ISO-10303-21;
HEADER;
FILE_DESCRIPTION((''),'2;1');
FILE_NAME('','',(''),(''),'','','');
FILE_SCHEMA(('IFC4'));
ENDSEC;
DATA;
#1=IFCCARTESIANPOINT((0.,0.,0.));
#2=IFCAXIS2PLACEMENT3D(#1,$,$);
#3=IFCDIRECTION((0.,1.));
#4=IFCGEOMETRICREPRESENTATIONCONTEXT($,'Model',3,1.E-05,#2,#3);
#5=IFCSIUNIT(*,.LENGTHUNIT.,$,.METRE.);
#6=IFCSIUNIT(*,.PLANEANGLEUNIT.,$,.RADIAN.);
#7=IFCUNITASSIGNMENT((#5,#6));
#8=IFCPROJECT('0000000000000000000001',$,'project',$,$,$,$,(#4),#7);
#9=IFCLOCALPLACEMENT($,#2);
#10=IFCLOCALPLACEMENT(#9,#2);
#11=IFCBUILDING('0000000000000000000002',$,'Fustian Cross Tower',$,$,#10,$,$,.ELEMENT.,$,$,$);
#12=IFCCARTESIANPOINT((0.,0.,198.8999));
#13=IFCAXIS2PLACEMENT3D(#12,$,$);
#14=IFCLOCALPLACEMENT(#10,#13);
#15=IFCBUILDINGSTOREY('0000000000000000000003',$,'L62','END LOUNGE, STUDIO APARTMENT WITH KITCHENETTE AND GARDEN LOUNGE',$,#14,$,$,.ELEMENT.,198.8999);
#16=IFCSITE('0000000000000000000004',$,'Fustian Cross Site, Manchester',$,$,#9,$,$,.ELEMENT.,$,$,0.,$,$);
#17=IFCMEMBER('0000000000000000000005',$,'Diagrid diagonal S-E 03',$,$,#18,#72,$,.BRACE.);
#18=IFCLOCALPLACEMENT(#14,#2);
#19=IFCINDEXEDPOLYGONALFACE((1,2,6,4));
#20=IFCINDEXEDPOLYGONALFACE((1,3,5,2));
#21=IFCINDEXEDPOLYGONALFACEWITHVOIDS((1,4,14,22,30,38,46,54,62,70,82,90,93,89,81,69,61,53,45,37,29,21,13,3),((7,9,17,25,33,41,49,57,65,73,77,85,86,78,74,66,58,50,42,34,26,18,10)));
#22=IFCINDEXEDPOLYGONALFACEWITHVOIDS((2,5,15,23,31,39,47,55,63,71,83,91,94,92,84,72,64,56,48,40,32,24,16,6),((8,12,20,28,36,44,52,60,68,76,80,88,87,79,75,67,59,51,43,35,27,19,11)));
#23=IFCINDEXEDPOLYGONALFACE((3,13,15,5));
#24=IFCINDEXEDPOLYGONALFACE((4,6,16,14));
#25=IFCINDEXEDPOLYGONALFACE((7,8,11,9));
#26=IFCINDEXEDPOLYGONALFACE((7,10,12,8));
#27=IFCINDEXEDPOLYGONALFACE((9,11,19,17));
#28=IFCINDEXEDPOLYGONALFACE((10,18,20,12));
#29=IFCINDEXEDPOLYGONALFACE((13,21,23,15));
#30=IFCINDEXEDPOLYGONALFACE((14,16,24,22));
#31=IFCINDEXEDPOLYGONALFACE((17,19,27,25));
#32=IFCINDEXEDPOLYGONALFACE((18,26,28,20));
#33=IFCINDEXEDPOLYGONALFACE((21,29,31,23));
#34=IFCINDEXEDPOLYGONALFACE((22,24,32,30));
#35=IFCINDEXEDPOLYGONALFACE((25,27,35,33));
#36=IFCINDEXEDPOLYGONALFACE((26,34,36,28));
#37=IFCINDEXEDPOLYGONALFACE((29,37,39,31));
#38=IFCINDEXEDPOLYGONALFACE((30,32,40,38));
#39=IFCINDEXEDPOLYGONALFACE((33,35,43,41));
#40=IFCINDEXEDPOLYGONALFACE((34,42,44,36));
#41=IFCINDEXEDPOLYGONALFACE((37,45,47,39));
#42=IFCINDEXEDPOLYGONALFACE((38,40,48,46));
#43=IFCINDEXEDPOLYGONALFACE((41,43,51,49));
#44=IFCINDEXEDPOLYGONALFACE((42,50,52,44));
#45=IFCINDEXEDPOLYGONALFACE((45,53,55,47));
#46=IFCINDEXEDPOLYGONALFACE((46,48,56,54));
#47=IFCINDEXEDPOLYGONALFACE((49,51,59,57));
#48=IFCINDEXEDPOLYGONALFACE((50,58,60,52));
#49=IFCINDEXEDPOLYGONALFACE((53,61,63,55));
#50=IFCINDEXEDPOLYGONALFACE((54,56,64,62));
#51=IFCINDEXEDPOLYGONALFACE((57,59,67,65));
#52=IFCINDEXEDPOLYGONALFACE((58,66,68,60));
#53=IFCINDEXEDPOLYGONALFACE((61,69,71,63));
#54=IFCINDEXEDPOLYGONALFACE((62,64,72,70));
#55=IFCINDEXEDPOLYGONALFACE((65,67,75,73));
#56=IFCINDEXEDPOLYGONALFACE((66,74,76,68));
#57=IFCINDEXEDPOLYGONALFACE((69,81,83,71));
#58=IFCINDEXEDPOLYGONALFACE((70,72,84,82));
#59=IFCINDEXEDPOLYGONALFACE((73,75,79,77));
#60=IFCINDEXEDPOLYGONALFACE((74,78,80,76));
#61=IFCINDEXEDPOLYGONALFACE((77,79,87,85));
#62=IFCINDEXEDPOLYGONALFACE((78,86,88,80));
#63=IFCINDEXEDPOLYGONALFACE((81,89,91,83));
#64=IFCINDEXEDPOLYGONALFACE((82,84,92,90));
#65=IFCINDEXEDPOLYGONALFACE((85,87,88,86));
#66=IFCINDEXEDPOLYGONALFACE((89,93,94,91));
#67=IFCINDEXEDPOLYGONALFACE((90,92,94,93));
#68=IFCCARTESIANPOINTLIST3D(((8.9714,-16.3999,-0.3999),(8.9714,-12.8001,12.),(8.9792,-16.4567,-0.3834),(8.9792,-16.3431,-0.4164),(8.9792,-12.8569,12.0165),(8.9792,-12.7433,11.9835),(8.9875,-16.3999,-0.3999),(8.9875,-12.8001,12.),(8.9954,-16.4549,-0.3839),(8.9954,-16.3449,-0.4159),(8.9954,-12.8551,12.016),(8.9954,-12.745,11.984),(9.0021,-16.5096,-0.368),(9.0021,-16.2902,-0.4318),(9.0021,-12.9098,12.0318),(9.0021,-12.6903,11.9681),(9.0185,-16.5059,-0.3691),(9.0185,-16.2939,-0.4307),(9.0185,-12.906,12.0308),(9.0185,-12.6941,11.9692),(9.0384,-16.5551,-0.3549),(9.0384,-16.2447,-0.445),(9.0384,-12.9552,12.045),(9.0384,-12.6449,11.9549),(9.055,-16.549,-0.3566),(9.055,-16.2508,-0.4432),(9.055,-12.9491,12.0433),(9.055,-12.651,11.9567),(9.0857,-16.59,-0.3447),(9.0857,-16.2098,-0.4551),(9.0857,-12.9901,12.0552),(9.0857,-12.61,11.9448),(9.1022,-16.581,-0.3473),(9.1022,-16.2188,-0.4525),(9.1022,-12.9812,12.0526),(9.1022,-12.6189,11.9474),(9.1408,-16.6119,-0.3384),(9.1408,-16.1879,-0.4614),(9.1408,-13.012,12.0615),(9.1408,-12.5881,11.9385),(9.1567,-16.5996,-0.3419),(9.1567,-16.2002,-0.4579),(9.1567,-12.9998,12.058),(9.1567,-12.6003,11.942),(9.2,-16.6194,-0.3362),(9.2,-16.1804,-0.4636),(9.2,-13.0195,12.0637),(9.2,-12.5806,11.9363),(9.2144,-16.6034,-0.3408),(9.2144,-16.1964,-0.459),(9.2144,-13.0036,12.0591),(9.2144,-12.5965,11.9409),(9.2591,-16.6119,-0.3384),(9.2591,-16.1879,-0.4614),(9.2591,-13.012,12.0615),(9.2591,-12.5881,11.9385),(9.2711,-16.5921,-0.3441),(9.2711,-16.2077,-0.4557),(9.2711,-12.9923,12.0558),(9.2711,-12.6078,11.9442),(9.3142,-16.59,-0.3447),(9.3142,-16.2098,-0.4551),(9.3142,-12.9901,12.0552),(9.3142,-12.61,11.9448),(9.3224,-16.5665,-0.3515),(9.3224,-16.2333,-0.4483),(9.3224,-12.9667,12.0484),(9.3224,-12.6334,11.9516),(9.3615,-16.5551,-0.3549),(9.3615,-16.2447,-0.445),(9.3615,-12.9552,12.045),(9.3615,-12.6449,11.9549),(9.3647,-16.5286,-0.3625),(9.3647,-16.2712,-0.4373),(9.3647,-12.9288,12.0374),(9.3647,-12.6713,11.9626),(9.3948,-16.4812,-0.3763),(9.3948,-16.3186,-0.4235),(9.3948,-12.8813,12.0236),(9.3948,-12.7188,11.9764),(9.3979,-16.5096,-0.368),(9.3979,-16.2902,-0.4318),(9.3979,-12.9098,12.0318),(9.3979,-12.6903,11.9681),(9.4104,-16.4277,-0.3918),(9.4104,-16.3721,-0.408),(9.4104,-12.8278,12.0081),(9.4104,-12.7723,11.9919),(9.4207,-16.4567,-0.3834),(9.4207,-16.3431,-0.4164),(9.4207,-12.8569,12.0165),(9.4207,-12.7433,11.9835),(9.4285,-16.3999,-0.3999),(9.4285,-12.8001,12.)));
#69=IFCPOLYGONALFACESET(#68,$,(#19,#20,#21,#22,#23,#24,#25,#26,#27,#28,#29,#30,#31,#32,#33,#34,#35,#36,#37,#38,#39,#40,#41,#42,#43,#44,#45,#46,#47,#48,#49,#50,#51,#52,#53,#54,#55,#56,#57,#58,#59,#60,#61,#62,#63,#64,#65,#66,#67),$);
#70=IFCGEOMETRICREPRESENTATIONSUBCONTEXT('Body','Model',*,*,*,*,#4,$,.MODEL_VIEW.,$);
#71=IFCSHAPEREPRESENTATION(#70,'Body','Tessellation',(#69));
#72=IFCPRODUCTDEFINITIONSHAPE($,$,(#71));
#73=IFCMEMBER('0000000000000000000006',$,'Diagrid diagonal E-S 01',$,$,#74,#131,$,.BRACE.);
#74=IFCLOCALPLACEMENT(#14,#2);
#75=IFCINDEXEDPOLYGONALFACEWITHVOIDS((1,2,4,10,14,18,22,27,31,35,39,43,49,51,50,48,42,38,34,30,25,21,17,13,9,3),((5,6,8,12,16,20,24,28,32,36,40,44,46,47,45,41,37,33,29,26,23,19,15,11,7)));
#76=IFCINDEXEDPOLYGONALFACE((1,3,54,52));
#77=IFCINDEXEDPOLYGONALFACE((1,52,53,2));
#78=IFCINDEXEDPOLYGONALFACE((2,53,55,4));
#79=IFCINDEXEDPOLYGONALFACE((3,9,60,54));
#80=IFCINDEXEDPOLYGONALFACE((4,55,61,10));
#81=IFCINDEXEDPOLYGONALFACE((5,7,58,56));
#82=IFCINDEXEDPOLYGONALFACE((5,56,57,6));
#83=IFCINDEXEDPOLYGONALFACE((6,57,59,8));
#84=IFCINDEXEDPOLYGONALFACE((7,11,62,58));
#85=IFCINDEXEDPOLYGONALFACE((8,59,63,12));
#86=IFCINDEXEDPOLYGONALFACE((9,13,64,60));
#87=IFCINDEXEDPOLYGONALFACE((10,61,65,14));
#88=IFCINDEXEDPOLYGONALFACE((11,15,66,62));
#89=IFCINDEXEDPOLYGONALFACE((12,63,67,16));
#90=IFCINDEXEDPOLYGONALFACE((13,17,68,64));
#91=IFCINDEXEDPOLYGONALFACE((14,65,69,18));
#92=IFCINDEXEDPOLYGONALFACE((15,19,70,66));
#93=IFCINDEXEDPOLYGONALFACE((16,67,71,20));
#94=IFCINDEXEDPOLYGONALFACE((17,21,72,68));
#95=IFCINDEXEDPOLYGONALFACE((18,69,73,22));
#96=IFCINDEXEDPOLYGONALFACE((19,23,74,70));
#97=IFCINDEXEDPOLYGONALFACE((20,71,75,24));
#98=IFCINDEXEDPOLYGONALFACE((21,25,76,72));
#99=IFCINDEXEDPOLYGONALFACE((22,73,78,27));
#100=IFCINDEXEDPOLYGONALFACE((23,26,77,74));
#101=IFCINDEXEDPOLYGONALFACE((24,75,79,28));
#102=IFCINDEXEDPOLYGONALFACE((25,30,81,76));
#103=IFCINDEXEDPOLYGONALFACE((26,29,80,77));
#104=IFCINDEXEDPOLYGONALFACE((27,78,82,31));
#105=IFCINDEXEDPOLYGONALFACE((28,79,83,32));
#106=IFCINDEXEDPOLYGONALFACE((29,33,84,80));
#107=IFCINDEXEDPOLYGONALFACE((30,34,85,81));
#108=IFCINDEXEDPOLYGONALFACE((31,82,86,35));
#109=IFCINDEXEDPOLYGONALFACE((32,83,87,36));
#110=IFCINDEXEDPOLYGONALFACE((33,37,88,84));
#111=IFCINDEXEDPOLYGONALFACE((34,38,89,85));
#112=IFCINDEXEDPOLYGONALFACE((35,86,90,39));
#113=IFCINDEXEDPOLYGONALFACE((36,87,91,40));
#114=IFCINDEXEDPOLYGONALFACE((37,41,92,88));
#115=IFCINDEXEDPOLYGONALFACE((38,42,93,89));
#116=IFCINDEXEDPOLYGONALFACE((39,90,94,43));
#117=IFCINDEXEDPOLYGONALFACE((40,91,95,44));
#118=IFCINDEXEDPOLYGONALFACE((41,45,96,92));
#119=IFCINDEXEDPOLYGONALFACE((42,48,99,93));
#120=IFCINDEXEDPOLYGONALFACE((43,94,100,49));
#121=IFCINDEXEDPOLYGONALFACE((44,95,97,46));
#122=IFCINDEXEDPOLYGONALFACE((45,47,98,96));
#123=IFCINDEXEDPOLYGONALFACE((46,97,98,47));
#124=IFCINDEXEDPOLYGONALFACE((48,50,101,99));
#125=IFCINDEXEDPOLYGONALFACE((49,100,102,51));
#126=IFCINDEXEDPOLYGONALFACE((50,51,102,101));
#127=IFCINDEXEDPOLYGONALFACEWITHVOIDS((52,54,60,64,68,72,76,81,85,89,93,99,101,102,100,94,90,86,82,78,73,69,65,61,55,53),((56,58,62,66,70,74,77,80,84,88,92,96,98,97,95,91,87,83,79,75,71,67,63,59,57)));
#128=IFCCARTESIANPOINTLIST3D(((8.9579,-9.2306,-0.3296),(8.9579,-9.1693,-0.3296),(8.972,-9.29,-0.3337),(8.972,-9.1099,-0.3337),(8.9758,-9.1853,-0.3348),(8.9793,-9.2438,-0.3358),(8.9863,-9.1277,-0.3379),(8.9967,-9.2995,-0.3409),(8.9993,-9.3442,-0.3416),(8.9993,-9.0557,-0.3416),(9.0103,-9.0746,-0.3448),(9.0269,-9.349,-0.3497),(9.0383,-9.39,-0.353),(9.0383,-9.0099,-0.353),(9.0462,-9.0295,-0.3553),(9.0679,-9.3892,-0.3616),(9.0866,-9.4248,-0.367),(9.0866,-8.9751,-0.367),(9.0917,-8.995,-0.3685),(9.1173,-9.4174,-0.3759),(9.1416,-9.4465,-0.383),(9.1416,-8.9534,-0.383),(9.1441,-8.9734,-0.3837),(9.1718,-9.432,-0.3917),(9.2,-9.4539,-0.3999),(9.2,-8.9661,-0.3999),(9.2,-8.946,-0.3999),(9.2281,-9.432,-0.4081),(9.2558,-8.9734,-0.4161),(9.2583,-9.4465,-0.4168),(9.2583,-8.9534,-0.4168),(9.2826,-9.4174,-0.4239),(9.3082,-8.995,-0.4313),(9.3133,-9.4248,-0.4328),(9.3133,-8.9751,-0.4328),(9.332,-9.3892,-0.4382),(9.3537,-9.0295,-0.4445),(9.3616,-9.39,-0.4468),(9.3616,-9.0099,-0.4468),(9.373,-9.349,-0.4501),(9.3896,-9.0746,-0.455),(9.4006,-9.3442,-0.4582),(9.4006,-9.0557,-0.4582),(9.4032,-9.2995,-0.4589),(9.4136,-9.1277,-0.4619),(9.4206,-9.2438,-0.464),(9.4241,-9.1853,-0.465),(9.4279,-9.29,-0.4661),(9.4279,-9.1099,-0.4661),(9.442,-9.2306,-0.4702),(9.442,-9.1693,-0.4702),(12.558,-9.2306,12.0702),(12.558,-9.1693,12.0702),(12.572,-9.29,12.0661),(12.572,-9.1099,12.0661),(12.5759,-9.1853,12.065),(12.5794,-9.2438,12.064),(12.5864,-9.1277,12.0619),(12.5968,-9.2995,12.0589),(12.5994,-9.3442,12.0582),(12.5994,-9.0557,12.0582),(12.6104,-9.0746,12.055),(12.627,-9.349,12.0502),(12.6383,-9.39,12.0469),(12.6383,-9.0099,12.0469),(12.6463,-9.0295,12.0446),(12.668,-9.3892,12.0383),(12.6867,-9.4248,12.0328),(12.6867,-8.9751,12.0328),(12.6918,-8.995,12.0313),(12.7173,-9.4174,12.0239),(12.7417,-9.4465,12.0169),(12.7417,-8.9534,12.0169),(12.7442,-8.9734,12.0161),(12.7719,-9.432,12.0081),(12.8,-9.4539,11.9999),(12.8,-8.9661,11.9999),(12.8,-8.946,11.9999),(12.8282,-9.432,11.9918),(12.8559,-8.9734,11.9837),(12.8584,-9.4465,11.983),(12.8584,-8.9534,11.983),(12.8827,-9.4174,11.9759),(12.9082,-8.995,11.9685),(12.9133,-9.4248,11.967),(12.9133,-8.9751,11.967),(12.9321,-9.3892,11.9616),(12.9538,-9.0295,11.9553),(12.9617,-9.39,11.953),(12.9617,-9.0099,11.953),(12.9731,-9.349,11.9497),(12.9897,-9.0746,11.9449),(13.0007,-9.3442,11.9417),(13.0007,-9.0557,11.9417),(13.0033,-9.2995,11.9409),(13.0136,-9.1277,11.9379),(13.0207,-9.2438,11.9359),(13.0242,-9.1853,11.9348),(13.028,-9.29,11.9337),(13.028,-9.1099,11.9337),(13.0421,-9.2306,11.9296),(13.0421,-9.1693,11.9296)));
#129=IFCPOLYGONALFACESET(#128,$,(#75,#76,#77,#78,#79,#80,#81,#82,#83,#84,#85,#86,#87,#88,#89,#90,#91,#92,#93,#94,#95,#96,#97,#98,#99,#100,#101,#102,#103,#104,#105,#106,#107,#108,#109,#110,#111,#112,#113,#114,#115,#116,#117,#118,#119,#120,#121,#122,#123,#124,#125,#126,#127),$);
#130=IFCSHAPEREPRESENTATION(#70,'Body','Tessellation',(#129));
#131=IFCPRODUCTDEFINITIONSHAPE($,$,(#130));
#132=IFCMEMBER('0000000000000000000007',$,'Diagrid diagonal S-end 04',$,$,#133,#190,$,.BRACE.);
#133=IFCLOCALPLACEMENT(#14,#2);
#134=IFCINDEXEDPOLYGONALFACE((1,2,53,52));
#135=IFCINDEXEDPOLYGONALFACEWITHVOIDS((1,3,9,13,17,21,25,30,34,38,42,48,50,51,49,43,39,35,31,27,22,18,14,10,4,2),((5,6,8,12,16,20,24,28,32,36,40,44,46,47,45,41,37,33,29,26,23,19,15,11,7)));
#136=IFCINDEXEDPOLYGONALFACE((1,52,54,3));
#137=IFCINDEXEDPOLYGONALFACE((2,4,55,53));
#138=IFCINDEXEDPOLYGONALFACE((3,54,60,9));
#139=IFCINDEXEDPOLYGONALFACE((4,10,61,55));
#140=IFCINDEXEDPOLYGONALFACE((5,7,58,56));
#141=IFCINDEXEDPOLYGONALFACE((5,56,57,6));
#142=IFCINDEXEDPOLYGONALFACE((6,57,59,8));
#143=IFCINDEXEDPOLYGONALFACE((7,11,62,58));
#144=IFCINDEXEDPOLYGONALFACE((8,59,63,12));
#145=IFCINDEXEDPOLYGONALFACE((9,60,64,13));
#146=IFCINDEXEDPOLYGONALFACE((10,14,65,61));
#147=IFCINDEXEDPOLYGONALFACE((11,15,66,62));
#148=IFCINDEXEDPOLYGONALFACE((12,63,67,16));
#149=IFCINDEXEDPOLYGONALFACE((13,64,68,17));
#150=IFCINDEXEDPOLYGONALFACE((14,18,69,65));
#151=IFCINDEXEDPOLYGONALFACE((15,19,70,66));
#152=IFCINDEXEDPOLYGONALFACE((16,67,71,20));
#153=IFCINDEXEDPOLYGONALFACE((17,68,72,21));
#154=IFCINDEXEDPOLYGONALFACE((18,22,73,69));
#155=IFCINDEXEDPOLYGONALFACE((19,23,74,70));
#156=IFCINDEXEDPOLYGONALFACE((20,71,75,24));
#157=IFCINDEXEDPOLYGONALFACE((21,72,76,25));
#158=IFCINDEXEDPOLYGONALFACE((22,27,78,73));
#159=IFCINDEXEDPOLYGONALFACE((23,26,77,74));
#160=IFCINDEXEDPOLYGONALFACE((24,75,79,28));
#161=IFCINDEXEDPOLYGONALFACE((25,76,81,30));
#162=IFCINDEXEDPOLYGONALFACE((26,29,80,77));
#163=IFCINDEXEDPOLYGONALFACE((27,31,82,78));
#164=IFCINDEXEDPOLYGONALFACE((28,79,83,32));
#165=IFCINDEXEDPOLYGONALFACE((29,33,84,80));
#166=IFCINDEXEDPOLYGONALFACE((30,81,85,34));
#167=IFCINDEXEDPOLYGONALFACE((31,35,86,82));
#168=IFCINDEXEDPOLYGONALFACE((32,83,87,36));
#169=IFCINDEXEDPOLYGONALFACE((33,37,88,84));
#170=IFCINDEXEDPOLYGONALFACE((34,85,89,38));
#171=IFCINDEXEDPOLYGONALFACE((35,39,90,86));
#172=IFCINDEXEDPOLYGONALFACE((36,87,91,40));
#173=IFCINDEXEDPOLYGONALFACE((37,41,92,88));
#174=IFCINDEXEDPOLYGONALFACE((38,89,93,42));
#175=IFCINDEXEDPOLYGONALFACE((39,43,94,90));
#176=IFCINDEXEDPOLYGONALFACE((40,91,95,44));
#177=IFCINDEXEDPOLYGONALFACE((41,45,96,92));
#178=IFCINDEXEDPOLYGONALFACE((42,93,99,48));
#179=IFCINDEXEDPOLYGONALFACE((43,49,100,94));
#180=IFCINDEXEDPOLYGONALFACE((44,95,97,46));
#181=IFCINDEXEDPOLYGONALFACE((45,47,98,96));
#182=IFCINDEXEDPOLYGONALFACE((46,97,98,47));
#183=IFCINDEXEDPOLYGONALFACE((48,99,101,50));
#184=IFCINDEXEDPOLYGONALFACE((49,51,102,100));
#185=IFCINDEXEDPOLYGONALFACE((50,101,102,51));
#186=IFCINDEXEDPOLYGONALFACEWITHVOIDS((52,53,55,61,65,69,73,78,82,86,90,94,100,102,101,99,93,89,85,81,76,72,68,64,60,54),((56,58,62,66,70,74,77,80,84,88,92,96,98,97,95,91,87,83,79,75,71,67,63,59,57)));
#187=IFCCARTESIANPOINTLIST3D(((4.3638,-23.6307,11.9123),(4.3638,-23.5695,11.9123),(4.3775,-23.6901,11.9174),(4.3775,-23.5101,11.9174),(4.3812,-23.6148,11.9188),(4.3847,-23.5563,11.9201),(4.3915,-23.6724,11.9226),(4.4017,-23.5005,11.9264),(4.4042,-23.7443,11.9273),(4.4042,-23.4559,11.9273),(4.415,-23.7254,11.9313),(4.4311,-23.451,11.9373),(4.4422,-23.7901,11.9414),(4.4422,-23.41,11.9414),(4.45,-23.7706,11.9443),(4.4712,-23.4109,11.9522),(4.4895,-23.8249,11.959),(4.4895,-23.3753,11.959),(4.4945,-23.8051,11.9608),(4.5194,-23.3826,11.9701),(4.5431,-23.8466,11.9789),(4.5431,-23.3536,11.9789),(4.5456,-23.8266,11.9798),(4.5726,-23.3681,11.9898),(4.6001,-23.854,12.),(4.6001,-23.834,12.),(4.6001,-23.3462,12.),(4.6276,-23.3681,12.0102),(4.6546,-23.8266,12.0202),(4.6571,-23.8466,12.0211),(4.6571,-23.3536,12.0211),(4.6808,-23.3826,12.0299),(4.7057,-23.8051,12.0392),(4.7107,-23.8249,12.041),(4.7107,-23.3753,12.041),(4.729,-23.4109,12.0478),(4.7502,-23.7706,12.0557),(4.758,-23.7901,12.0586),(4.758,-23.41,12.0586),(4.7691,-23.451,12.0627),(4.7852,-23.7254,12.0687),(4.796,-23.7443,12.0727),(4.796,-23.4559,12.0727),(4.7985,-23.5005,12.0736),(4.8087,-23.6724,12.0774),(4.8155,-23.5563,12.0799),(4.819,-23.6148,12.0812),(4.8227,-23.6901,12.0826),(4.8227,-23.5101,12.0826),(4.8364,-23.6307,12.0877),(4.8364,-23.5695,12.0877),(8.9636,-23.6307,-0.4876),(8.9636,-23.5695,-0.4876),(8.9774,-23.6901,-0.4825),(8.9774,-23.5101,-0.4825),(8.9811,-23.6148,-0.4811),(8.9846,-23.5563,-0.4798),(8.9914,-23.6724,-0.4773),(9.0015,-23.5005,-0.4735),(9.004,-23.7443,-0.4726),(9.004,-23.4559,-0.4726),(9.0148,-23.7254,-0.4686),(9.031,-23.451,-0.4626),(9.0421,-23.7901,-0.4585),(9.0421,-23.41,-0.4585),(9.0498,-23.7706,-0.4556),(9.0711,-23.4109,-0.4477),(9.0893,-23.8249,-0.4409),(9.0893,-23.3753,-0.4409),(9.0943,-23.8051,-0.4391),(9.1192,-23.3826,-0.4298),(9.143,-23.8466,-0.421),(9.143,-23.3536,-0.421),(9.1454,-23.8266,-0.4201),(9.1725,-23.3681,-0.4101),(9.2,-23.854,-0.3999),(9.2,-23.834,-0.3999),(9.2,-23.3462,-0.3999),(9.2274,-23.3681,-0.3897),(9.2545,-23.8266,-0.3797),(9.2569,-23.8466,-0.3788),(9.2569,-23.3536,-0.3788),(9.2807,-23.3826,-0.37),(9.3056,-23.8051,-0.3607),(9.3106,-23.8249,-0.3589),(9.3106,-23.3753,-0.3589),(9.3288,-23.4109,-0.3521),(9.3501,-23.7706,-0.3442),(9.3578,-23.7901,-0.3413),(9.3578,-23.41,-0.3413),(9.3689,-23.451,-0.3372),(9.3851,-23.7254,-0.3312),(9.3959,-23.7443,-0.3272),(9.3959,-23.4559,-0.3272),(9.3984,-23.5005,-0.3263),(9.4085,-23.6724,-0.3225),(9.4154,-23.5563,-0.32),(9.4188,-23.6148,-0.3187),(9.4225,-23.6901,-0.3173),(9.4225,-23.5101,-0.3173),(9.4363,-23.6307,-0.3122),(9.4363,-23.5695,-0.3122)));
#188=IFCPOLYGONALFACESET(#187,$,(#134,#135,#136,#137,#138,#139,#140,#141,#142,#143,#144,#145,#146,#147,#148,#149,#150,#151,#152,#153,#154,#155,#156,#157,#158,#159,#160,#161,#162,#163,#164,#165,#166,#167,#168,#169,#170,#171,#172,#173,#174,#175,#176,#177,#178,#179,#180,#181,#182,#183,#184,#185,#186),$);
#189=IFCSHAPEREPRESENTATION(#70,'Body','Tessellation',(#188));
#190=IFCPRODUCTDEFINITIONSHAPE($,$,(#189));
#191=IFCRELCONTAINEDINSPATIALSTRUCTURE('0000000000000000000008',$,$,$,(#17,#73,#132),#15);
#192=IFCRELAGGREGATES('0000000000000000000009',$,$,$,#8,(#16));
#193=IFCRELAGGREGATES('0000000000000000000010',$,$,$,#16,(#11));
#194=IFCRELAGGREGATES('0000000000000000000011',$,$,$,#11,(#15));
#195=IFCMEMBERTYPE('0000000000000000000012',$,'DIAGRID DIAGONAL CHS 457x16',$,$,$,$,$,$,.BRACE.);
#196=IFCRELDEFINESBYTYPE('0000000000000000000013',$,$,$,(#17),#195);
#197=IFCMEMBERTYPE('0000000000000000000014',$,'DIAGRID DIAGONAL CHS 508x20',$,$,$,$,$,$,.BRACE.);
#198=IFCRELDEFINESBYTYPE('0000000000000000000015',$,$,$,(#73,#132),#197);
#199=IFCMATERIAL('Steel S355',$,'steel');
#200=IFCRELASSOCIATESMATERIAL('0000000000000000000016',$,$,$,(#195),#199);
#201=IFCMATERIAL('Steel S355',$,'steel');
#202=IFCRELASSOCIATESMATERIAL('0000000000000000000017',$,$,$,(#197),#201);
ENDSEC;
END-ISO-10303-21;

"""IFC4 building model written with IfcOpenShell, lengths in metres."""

from ifc_helpers import new_model, si_unit, direction, frame, origin, origin_2d, place, context, subcontext, project, spatial, hollow_circle, extrude, material, material_profile, profile_set, type_object, element, save


model = new_model("IFC4")

# Units and contexts
model_context = context("Model", 3, precision=1e-05, world=origin(), true_north=direction((0.0, 1.0)))
body_context = subcontext(model_context, "Body", "Model", "MODEL_VIEW")
ifc_project = project(units=[si_unit("LENGTHUNIT", "METRE"), si_unit("PLANEANGLEUNIT", "RADIAN")], contexts=[model_context])

# Site, building, storey
site_placement = place(None, origin())
site = spatial("IfcSite", under=ifc_project, at=site_placement, Name="Fustian Cross Site, Manchester", CompositionType="ELEMENT", RefElevation=0.0)
building_placement = place(site_placement, origin())
building = spatial("IfcBuilding", under=site, at=building_placement, Name="Fustian Cross Tower", CompositionType="ELEMENT")
storey_placement = place(building_placement, frame((0.0, 0.0, 198.8999)))
storey = spatial("IfcBuildingStorey", under=building, at=storey_placement, Name="L62", Description="END LOUNGE, STUDIO APARTMENT WITH KITCHENETTE AND GARDEN LOUNGE", CompositionType="ELEMENT", Elevation=198.8999)

# Members
ifc_material_1 = material(Name="Steel S355", Category="steel")
ifc_material_profile_1 = material_profile(ifc_material_1, hollow_circle(Radius=0.2285, WallThickness=0.0161, at=origin_2d()), Name="CHS 457x16")
ifc_profile_set_1 = profile_set([ifc_material_profile_1], Name="Steel S355")
member_type_1 = type_object("IfcMemberType", Name="DIAGRID DIAGONAL CHS 457x16", PredefinedType="BRACE", material=ifc_profile_set_1)
for number, where, z_axis, x_axis, name in (
    (1, (9.2, -16.3999, -0.3999), (0.0, 0.278802, 0.960349), (-1.0, 0.0, 0.0), "Diagrid diagonal S-E 03"),
):
    element("IfcMember", number, at=place(storey_placement, frame(where, z_axis=z_axis, x_axis=x_axis)), inside=storey, type_object=member_type_1, Name=name, PredefinedType="BRACE", context=body_context, shape_type="SweptSolid", body=[
        extrude(hollow_circle(Radius=0.2285, WallThickness=0.0161, at=origin_2d()), origin(), (0.0, 0.0, 1.0), 12.9119),
    ])
ifc_material_2 = material(Name="Steel S355", Category="steel")
ifc_material_profile_2 = material_profile(ifc_material_2, hollow_circle(Radius=0.2539, WallThickness=0.02, at=origin_2d()), Name="CHS 508x20")
ifc_profile_set_2 = profile_set([ifc_material_profile_2], Name="Steel S355")
member_type_2 = type_object("IfcMemberType", Name="DIAGRID DIAGONAL CHS 508x20", PredefinedType="BRACE", material=ifc_profile_set_2)
member_1_placement = place(storey_placement, frame((9.2, -9.2, -0.3999), z_axis=(0.278819, 0.0, 0.960344), x_axis=(0.0, 1.0, 0.0)))
element("IfcMember", 2, at=member_1_placement, inside=storey, type_object=member_type_2, Name="Diagrid diagonal E-S 01", PredefinedType="BRACE", context=body_context, shape_type="SweptSolid", body=[
    extrude(hollow_circle(Radius=0.2539, WallThickness=0.02, at=origin_2d()), origin(), (0.0, 0.0, 1.0), 12.9119),
])
member_2_placement = place(storey_placement, frame((9.2, -23.6001, -0.3999), z_axis=(-0.347799, 0.0, 0.937569), x_axis=(0.0, -1.0, 0.0)))
element("IfcMember", 3, at=member_2_placement, inside=storey, type_object=member_type_2, Name="Diagrid diagonal S-end 04", PredefinedType="BRACE", context=body_context, shape_type="SweptSolid", body=[
    extrude(hollow_circle(Radius=0.2539, WallThickness=0.02, at=origin_2d()), origin(), (0.0, 0.0, 1.0), 13.2256),
])

save(model, "model.ifc")
